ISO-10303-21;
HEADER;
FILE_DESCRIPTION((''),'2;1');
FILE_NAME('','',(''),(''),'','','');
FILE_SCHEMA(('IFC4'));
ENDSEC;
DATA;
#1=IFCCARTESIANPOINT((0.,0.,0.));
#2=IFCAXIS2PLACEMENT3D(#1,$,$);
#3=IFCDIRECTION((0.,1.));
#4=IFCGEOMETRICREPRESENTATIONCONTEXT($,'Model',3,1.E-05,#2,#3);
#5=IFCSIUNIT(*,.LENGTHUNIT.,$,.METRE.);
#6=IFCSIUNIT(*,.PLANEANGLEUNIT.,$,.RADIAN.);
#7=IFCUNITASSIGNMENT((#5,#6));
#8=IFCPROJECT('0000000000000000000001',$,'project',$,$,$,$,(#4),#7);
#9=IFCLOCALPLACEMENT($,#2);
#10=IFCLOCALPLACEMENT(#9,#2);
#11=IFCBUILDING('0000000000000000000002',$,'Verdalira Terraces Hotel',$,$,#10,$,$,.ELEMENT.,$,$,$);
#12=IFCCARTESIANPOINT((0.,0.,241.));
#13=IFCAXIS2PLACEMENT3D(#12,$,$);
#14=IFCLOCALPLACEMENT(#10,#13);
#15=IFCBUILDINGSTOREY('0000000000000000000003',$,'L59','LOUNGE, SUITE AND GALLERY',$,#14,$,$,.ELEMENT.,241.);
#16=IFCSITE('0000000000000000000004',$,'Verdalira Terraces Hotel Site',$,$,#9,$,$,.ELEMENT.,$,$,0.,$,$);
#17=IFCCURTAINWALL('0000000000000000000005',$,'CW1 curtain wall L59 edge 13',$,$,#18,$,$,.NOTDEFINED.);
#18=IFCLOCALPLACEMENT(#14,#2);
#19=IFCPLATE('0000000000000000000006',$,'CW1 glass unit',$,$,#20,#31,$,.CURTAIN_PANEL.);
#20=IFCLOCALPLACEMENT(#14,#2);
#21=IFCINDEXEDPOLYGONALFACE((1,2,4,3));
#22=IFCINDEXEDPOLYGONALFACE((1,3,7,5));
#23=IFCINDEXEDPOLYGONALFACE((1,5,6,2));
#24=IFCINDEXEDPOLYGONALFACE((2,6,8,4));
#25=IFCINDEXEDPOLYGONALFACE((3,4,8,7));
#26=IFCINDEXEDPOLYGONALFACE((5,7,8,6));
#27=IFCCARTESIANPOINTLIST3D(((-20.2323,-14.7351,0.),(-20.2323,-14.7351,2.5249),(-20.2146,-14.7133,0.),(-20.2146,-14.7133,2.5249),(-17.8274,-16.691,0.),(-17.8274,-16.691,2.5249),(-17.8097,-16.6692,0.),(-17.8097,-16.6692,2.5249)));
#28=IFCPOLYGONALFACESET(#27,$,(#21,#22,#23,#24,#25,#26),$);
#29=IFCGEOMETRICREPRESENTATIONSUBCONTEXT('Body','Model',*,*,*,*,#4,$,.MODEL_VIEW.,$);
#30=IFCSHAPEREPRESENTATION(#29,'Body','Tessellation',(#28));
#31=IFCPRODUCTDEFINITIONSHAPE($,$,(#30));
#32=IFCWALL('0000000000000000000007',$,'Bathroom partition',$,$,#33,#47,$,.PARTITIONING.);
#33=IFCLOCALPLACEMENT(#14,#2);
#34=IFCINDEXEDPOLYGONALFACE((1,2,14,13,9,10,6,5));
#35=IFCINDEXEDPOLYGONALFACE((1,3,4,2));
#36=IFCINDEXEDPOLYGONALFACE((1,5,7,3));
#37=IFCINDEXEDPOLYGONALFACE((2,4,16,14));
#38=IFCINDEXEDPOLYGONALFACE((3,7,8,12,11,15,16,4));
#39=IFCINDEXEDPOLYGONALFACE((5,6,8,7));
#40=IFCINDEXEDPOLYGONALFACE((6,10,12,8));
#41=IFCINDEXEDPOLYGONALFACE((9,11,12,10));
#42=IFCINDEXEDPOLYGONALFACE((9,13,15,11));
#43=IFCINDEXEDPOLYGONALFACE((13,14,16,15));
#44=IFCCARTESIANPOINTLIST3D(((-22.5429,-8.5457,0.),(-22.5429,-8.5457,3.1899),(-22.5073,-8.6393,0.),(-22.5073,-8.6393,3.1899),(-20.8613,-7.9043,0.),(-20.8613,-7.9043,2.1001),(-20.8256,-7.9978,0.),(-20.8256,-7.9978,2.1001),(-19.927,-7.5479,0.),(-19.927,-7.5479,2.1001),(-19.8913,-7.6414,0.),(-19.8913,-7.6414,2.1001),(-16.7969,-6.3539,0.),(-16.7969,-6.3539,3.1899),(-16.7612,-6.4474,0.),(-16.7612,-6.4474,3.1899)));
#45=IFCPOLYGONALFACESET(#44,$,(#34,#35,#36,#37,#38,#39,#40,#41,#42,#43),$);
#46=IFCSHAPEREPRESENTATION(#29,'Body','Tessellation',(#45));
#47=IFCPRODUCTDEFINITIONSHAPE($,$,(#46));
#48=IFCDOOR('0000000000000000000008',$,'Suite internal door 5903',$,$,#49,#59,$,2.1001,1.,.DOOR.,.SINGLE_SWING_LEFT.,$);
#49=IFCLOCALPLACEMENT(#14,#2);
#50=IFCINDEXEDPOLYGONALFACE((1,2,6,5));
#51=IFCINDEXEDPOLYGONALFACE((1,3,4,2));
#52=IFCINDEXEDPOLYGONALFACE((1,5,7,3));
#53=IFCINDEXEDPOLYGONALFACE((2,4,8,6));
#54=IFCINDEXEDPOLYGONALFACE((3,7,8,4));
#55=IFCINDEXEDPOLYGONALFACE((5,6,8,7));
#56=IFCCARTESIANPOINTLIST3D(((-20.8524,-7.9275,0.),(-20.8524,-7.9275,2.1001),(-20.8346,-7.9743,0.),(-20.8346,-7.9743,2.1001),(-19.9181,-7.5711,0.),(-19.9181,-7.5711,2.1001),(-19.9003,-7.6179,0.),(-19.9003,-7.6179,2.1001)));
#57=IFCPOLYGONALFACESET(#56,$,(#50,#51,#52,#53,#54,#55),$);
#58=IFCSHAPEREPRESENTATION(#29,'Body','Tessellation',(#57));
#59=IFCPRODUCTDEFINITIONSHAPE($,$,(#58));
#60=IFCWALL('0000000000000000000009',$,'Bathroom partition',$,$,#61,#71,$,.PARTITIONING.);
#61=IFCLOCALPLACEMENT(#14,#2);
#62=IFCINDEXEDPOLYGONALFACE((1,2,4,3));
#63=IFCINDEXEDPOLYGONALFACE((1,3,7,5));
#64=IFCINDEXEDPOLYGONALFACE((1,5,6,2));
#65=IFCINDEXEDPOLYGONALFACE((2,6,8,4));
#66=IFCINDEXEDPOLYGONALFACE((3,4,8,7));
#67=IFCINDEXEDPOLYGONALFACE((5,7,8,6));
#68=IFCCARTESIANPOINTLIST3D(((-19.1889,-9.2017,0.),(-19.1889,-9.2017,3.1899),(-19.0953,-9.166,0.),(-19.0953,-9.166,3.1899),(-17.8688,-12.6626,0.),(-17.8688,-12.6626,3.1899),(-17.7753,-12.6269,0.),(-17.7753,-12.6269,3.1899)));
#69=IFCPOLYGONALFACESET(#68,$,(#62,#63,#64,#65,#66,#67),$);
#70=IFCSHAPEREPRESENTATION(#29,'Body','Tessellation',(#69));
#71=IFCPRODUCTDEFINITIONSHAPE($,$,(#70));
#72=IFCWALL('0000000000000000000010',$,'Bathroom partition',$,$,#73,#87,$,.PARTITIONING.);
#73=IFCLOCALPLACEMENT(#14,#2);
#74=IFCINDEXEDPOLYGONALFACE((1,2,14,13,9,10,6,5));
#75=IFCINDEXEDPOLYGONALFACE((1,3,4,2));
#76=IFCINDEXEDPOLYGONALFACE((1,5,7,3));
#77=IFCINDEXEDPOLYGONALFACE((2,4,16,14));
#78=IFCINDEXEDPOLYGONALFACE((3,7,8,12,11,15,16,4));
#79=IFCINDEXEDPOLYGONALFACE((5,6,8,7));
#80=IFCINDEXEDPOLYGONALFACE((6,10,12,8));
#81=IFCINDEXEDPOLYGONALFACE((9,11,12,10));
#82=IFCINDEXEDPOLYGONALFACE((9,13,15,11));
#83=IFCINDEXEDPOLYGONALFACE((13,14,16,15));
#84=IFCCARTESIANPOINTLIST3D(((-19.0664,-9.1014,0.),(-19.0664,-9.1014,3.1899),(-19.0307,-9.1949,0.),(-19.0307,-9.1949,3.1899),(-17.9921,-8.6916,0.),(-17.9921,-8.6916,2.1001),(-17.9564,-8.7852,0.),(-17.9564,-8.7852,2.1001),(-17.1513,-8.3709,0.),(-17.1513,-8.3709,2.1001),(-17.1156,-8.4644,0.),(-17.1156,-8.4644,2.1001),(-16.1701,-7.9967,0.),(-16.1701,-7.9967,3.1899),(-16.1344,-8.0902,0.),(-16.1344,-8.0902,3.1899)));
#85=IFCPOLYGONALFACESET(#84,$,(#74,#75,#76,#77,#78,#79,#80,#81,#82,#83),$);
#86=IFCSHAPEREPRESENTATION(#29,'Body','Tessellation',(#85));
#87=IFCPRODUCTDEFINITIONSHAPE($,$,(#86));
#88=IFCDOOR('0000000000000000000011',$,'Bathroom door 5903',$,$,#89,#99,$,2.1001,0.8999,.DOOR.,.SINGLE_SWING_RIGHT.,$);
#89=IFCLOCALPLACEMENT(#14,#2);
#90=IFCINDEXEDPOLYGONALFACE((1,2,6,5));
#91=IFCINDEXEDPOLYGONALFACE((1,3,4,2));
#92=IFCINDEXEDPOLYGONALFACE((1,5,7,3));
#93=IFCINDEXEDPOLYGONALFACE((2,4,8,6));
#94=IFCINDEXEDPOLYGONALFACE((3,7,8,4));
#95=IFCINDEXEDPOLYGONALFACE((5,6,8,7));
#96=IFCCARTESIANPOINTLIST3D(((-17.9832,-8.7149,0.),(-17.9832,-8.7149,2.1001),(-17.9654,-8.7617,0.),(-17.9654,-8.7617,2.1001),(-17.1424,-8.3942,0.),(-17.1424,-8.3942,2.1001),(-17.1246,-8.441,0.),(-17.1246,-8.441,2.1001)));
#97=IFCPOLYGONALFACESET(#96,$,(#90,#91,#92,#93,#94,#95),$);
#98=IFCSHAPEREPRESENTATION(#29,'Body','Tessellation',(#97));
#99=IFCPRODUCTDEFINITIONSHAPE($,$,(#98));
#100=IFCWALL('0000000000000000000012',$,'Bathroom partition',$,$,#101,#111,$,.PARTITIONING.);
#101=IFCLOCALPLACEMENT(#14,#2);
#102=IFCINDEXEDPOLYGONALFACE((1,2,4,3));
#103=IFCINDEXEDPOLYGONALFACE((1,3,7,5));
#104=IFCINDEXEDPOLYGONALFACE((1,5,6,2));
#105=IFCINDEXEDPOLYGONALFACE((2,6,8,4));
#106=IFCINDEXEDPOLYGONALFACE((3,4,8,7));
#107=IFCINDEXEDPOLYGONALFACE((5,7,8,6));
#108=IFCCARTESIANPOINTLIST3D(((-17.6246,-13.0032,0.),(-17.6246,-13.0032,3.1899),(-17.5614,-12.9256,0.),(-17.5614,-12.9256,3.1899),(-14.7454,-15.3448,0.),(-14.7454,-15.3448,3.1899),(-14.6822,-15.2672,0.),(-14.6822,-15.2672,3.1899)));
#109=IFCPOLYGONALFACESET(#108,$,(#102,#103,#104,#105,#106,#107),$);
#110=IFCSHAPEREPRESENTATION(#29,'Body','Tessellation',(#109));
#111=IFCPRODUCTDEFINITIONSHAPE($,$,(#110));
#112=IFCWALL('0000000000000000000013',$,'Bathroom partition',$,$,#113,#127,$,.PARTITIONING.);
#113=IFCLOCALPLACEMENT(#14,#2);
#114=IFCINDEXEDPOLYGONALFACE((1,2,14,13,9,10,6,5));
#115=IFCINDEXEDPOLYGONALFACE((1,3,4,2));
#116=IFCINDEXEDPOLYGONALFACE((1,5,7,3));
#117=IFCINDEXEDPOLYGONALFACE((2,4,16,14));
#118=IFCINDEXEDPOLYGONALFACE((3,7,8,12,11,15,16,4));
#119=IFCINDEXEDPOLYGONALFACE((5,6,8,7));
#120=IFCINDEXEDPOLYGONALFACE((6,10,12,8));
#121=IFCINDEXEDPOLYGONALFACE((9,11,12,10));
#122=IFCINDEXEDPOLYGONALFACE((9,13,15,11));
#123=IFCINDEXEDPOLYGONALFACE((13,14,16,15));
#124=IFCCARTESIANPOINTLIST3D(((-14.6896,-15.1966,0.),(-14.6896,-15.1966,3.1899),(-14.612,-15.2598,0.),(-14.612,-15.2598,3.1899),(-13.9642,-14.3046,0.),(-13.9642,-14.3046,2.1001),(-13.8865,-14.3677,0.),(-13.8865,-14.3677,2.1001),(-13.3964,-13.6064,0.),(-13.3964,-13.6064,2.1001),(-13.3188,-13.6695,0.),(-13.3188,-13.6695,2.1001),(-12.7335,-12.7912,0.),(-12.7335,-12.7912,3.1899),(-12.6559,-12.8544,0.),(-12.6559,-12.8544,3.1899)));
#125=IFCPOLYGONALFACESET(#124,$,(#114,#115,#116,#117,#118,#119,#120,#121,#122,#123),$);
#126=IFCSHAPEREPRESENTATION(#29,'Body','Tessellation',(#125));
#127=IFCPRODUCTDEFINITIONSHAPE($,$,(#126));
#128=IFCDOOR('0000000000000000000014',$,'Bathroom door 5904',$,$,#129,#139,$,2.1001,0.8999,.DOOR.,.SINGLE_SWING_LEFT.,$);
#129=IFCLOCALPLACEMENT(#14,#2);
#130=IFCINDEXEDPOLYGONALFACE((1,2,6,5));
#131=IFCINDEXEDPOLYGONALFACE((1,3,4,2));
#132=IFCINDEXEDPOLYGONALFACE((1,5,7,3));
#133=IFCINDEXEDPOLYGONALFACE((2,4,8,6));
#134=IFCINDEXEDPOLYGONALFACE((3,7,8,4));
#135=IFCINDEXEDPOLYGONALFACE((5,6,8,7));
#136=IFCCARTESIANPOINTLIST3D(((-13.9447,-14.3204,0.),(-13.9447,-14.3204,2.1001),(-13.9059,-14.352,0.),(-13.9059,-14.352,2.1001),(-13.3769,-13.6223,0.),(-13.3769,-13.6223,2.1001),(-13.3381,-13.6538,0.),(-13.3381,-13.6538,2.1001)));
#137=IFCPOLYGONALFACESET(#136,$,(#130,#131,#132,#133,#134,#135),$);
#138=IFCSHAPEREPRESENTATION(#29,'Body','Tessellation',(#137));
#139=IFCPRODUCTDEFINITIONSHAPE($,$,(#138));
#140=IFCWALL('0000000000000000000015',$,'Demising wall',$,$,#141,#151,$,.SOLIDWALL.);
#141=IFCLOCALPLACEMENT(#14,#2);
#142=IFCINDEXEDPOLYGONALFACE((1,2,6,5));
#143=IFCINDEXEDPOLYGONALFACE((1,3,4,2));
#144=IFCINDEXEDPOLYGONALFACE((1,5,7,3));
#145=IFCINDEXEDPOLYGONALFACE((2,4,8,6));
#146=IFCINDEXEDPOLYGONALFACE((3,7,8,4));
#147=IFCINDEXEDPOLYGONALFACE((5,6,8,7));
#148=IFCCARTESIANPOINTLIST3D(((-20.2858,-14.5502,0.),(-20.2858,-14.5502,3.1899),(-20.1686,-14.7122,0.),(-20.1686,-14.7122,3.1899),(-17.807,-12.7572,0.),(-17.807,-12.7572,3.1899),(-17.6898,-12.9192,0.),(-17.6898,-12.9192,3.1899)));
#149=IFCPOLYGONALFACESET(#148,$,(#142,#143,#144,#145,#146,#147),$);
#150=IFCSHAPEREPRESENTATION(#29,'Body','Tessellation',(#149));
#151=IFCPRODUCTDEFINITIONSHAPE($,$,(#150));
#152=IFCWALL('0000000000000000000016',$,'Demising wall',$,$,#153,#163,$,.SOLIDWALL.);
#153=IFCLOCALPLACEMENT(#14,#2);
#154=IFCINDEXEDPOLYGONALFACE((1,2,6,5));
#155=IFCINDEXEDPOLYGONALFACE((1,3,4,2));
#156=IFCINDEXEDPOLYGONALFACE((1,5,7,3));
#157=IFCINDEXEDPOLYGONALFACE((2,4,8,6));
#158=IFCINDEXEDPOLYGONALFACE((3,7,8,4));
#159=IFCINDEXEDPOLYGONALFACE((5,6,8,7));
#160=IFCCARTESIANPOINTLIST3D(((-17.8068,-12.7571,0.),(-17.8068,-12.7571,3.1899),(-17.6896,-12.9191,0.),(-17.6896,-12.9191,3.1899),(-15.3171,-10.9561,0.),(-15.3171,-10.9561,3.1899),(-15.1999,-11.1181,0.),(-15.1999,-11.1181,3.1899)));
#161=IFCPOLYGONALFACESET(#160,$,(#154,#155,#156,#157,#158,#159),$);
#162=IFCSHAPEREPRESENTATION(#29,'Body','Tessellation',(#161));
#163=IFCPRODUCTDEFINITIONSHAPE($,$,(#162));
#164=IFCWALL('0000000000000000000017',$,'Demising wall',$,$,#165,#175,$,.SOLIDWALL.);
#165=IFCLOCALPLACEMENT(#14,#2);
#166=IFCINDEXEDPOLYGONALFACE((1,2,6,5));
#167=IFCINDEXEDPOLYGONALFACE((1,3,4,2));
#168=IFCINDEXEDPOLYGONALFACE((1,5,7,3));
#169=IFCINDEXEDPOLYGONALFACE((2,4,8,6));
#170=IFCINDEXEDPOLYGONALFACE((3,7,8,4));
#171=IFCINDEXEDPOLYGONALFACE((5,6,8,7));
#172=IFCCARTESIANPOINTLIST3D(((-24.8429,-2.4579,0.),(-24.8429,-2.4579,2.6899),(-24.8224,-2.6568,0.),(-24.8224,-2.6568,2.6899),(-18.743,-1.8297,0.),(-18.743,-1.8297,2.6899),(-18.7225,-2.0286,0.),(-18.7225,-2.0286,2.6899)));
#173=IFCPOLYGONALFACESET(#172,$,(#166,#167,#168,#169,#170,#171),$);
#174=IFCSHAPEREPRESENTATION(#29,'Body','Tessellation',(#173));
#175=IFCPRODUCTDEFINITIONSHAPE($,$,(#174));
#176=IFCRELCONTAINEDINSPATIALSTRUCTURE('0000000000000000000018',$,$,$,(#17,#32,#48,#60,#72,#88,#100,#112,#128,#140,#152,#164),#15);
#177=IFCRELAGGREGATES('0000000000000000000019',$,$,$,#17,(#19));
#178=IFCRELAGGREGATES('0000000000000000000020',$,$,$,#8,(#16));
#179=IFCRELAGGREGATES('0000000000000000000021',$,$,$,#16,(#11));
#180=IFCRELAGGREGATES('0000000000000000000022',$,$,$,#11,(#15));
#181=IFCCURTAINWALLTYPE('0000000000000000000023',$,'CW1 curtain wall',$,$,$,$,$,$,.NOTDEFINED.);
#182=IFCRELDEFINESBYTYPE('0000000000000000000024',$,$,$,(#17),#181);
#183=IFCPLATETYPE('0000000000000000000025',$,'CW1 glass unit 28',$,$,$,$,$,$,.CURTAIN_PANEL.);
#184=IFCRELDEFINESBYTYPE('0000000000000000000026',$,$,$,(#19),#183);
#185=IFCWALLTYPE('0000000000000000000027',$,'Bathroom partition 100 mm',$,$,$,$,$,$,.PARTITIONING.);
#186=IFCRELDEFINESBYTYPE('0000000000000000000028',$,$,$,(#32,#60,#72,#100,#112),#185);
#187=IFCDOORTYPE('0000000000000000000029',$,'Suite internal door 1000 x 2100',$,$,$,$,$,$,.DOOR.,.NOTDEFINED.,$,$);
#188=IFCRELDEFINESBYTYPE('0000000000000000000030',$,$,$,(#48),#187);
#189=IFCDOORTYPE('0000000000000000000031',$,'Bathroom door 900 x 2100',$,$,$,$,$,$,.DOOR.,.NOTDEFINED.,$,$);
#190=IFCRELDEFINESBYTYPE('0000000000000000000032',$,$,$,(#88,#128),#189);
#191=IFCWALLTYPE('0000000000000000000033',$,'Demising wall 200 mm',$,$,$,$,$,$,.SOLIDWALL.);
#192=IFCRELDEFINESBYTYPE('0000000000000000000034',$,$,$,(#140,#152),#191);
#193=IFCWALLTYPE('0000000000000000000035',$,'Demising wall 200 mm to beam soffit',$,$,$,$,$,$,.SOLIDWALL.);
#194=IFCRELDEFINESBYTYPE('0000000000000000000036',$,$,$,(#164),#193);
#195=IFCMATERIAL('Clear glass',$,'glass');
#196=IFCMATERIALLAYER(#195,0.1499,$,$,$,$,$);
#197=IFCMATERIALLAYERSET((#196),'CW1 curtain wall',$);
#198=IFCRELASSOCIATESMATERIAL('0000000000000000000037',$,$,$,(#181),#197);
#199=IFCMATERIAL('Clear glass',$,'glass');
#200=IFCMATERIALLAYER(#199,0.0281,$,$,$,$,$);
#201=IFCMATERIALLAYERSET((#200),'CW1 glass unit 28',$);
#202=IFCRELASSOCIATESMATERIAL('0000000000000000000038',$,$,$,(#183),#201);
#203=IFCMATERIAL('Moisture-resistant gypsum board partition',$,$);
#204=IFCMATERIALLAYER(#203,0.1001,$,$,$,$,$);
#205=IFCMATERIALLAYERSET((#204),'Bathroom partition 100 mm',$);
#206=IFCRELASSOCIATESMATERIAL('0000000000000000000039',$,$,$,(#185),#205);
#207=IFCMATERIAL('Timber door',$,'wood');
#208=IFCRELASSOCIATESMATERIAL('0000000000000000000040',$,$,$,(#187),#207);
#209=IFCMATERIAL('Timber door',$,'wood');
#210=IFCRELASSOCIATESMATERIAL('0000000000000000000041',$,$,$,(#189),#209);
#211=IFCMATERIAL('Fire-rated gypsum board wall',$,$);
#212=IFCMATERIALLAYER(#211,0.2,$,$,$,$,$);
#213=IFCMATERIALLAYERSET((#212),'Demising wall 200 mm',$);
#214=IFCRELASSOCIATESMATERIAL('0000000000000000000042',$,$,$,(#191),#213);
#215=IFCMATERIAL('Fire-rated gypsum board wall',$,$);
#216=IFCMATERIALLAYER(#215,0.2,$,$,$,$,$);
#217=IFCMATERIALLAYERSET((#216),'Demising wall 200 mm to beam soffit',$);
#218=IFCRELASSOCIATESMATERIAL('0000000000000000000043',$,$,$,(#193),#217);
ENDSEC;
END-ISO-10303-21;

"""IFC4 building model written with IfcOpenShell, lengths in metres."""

from ifc_helpers import new_model, si_unit, direction, frame, frame_2d, origin, origin_2d, place, context, subcontext, project, spatial, rectangle, extrude, material, layer, layer_set, type_object, element, fill, aggregate, save


model = new_model("IFC4")

# Units and contexts
model_context = context("Model", 3, precision=1e-05, world=origin(), true_north=direction((0.0, 1.0)))
body_context = subcontext(model_context, "Body", "Model", "MODEL_VIEW")
ifc_project = project(units=[si_unit("LENGTHUNIT", "METRE"), si_unit("PLANEANGLEUNIT", "RADIAN")], contexts=[model_context])

# Site, building, storey
site_placement = place(None, origin())
site = spatial("IfcSite", under=ifc_project, at=site_placement, Name="Verdalira Terraces Hotel Site", CompositionType="ELEMENT", RefElevation=0.0)
building_placement = place(site_placement, origin())
building = spatial("IfcBuilding", under=site, at=building_placement, Name="Verdalira Terraces Hotel", CompositionType="ELEMENT")
storey_placement = place(building_placement, frame((0.0, 0.0, 241.0)))
storey = spatial("IfcBuildingStorey", under=building, at=storey_placement, Name="L59", Description="LOUNGE, SUITE AND GALLERY", CompositionType="ELEMENT", Elevation=241.0)

# Curtain wall, plate
ifc_material_1 = material(Name="Clear glass", Category="glass")
ifc_layer_1 = layer(ifc_material_1, 0.1499)
ifc_layer_set_1 = layer_set([ifc_layer_1], Name="CW1 curtain wall")
curtain_wall_type = type_object("IfcCurtainWallType", Name="CW1 curtain wall", PredefinedType="NOTDEFINED", material=ifc_layer_set_1)
curtain_wall_placement = place(storey_placement, origin())
curtain_wall = element("IfcCurtainWall", 1, at=curtain_wall_placement, inside=storey, type_object=curtain_wall_type, Name="CW1 curtain wall L59 edge 13", PredefinedType="NOTDEFINED")
ifc_material_2 = material(Name="Clear glass", Category="glass")
ifc_layer_2 = layer(ifc_material_2, 0.0281)
ifc_layer_set_2 = layer_set([ifc_layer_2], Name="CW1 glass unit 28")
plate_type = type_object("IfcPlateType", Name="CW1 glass unit 28", PredefinedType="CURTAIN_PANEL", material=ifc_layer_set_2)
plate_placement = place(storey_placement, frame((-19.021, -15.7021, 0.0), z_axis=(0.0, 0.0, 1.0), x_axis=(0.775826, -0.630947, 0.0)))
plate = element("IfcPlate", 2, at=plate_placement, type_object=plate_type, Name="CW1 glass unit", PredefinedType="CURTAIN_PANEL", context=body_context, shape_type="SweptSolid", body=[
    extrude(rectangle(XDim=3.0999, YDim=0.0281, at=origin_2d()), origin(), (0.0, 0.0, 1.0), 2.5249),
])
aggregate(curtain_wall, [plate])

# Wall, opening, door
ifc_material_3 = material(Name="Moisture-resistant gypsum board partition")
ifc_layer_3 = layer(ifc_material_3, 0.1001)
ifc_layer_set_3 = layer_set([ifc_layer_3], Name="Bathroom partition 100 mm")
wall_type_1 = type_object("IfcWallType", Name="Bathroom partition 100 mm", PredefinedType="PARTITIONING", material=ifc_layer_set_3)
wall_1_placement = place(storey_placement, frame((-16.7791, -6.4006, 0.0), z_axis=(0.0, 0.0, 1.0), x_axis=(-0.93433, -0.356408, 0.0)))
wall_1 = element("IfcWall", 3, at=wall_1_placement, inside=storey, type_object=wall_type_1, Name="Bathroom partition", PredefinedType="PARTITIONING", context=body_context, shape_type="SweptSolid", body=[
    extrude(rectangle(XDim=6.1499, YDim=0.1001, at=frame_2d((3.075, 0.0))), origin(), (0.0, 0.0, 1.0), 3.1899),
])
opening_1_placement = place(wall_1_placement, frame((3.3501, 0.0, 0.0)))
opening_1 = element("IfcOpeningElement", 4, at=opening_1_placement, cuts=wall_1, PredefinedType="OPENING", context=body_context, shape_type="SweptSolid", body=[
    extrude(rectangle(XDim=1.0, YDim=2.1001, at=frame_2d((0.5, 1.05))), frame((0.0, 0.0601, 0.0), z_axis=(0.0, -1.0, 0.0), x_axis=(1.0, 0.0, 0.0)), (0.0, 0.0, 1.0), 0.1201),
])
ifc_material_4 = material(Name="Timber door", Category="wood")
door_type_1 = type_object("IfcDoorType", Name="Suite internal door 1000 x 2100", OperationType="NOTDEFINED", PredefinedType="DOOR", material=ifc_material_4)
door_1_placement = place(opening_1_placement, origin())
door_1 = element("IfcDoor", 5, at=door_1_placement, inside=storey, type_object=door_type_1, Name="Suite internal door 5903", OperationType="SINGLE_SWING_LEFT", OverallHeight=2.1001, OverallWidth=1.0, PredefinedType="DOOR", context=body_context, shape_type="SweptSolid", body=[
    extrude(rectangle(XDim=1.0, YDim=2.1001, at=frame_2d((0.5, 1.05))), frame((0.0, 0.0249, 0.0), z_axis=(0.0, -1.0, 0.0), x_axis=(1.0, 0.0, 0.0)), (0.0, 0.0, 1.0), 0.05),
])
fill(opening_1, door_1)

# Wall
wall_2_placement = place(storey_placement, frame((-19.1421, -9.1838, 0.0), z_axis=(0.0, 0.0, 1.0), x_axis=(0.356376, -0.934343, 0.0)))
element("IfcWall", 6, at=wall_2_placement, inside=storey, type_object=wall_type_1, Name="Bathroom partition", PredefinedType="PARTITIONING", context=body_context, shape_type="SweptSolid", body=[
    extrude(rectangle(XDim=3.7041, YDim=0.1001, at=frame_2d((1.8521, 0.0))), origin(), (0.0, 0.0, 1.0), 3.1899),
])

# Wall, opening, door
wall_3_placement = place(storey_placement, frame((-16.1523, -8.0435, 0.0), z_axis=(0.0, 0.0, 1.0), x_axis=(-0.934337, -0.356392, 0.0)))
wall_3 = element("IfcWall", 7, at=wall_3_placement, inside=storey, type_object=wall_type_1, Name="Bathroom partition", PredefinedType="PARTITIONING", context=body_context, shape_type="SweptSolid", body=[
    extrude(rectangle(XDim=3.0999, YDim=0.1001, at=frame_2d((1.5498, 0.0))), origin(), (0.0, 0.0, 1.0), 3.1899),
])
opening_2_placement = place(wall_3_placement, frame((1.05, 0.0, 0.0)))
opening_2 = element("IfcOpeningElement", 8, at=opening_2_placement, cuts=wall_3, PredefinedType="OPENING", context=body_context, shape_type="SweptSolid", body=[
    extrude(rectangle(XDim=0.8999, YDim=2.1001, at=frame_2d((0.45, 1.05))), frame((0.0, 0.0601, 0.0), z_axis=(0.0, -1.0, 0.0), x_axis=(1.0, 0.0, 0.0)), (0.0, 0.0, 1.0), 0.1201),
])
ifc_material_5 = material(Name="Timber door", Category="wood")
door_type_2 = type_object("IfcDoorType", Name="Bathroom door 900 x 2100", OperationType="NOTDEFINED", PredefinedType="DOOR", material=ifc_material_5)
door_2_placement = place(opening_2_placement, origin())
door_2 = element("IfcDoor", 9, at=door_2_placement, inside=storey, type_object=door_type_2, Name="Bathroom door 5903", OperationType="SINGLE_SWING_RIGHT", OverallHeight=2.1001, OverallWidth=0.8999, PredefinedType="DOOR", context=body_context, shape_type="SweptSolid", body=[
    extrude(rectangle(XDim=0.8999, YDim=2.1001, at=frame_2d((0.45, 1.05))), frame((0.0, 0.0249, 0.0), z_axis=(0.0, -1.0, 0.0), x_axis=(1.0, 0.0, 0.0)), (0.0, 0.0, 1.0), 0.05),
])
fill(opening_2, door_2)

# Wall
wall_4_placement = place(storey_placement, frame((-14.7139, -15.3059, 0.0), z_axis=(0.0, 0.0, 1.0), x_axis=(-0.775818, 0.630957, 0.0)))
element("IfcWall", 10, at=wall_4_placement, inside=storey, type_object=wall_type_1, Name="Bathroom partition", PredefinedType="PARTITIONING", context=body_context, shape_type="SweptSolid", body=[
    extrude(rectangle(XDim=3.7112, YDim=0.1001, at=frame_2d((1.8555, 0.0))), origin(), (0.0, 0.0, 1.0), 3.1899),
])

# Wall, opening, door
wall_5_placement = place(storey_placement, frame((-14.6509, -15.2283, 0.0), z_axis=(0.0, 0.0, 1.0), x_axis=(0.630936, 0.775835, 0.0)))
wall_5 = element("IfcWall", 11, at=wall_5_placement, inside=storey, type_object=wall_type_1, Name="Bathroom partition", PredefinedType="PARTITIONING", context=body_context, shape_type="SweptSolid", body=[
    extrude(rectangle(XDim=3.1003, YDim=0.1001, at=frame_2d((1.5503, 0.0))), origin(), (0.0, 0.0, 1.0), 3.1899),
])
opening_3_placement = place(wall_5_placement, frame((1.1499, 0.0, 0.0)))
opening_3 = element("IfcOpeningElement", 12, at=opening_3_placement, cuts=wall_5, PredefinedType="OPENING", context=body_context, shape_type="SweptSolid", body=[
    extrude(rectangle(XDim=0.8999, YDim=2.1001, at=frame_2d((0.45, 1.05))), frame((0.0, 0.0601, 0.0), z_axis=(0.0, -1.0, 0.0), x_axis=(1.0, 0.0, 0.0)), (0.0, 0.0, 1.0), 0.1201),
])
door_3_placement = place(opening_3_placement, origin())
door_3 = element("IfcDoor", 13, at=door_3_placement, inside=storey, type_object=door_type_2, Name="Bathroom door 5904", OperationType="SINGLE_SWING_LEFT", OverallHeight=2.1001, OverallWidth=0.8999, PredefinedType="DOOR", context=body_context, shape_type="SweptSolid", body=[
    extrude(rectangle(XDim=0.8999, YDim=2.1001, at=frame_2d((0.45, 1.05))), frame((0.0, 0.0249, 0.0), z_axis=(0.0, -1.0, 0.0), x_axis=(1.0, 0.0, 0.0)), (0.0, 0.0, 1.0), 0.05),
])
fill(opening_3, door_3)

# Walls
ifc_material_6 = material(Name="Fire-rated gypsum board wall")
ifc_layer_4 = layer(ifc_material_6, 0.2)
ifc_layer_set_4 = layer_set([ifc_layer_4], Name="Demising wall 200 mm")
wall_type_2 = type_object("IfcWallType", Name="Demising wall 200 mm", PredefinedType="SOLIDWALL", material=ifc_layer_set_4)
wall_6_placement = place(storey_placement, frame((-17.7483, -12.8381, 0.0), z_axis=(0.0, 0.0, 1.0), x_axis=(-0.810252, -0.586082, 0.0)))
element("IfcWall", 14, at=wall_6_placement, inside=storey, type_object=wall_type_2, Name="Demising wall", PredefinedType="SOLIDWALL", context=body_context, shape_type="SweptSolid", body=[
    extrude(rectangle(XDim=3.0593, YDim=0.2, at=frame_2d((1.5298, 0.0))), origin(), (0.0, 0.0, 1.0), 3.1899),
])
wall_7_placement = place(storey_placement, frame((-15.2585, -11.0371, 0.0), z_axis=(0.0, 0.0, 1.0), x_axis=(-0.810235, -0.586105, 0.0)))
element("IfcWall", 15, at=wall_7_placement, inside=storey, type_object=wall_type_2, Name="Demising wall", PredefinedType="SOLIDWALL", context=body_context, shape_type="SweptSolid", body=[
    extrude(rectangle(XDim=3.0728, YDim=0.2, at=frame_2d((1.5364, 0.0))), origin(), (0.0, 0.0, 1.0), 3.1899),
])
ifc_material_7 = material(Name="Fire-rated gypsum board wall")
ifc_layer_5 = layer(ifc_material_7, 0.2)
ifc_layer_set_5 = layer_set([ifc_layer_5], Name="Demising wall 200 mm to beam soffit")
wall_type_3 = type_object("IfcWallType", Name="Demising wall 200 mm to beam soffit", PredefinedType="SOLIDWALL", material=ifc_layer_set_5)
wall_8_placement = place(storey_placement, frame((-18.7329, -1.9292, 0.0), z_axis=(0.0, 0.0, 1.0), x_axis=(-0.994739, -0.10244, 0.0)))
element("IfcWall", 16, at=wall_8_placement, inside=storey, type_object=wall_type_3, Name="Demising wall", PredefinedType="SOLIDWALL", context=body_context, shape_type="SweptSolid", body=[
    extrude(rectangle(XDim=6.1321, YDim=0.2, at=frame_2d((3.0659, 0.0))), origin(), (0.0, 0.0, 1.0), 2.6899),
])

save(model, "model.ifc")
